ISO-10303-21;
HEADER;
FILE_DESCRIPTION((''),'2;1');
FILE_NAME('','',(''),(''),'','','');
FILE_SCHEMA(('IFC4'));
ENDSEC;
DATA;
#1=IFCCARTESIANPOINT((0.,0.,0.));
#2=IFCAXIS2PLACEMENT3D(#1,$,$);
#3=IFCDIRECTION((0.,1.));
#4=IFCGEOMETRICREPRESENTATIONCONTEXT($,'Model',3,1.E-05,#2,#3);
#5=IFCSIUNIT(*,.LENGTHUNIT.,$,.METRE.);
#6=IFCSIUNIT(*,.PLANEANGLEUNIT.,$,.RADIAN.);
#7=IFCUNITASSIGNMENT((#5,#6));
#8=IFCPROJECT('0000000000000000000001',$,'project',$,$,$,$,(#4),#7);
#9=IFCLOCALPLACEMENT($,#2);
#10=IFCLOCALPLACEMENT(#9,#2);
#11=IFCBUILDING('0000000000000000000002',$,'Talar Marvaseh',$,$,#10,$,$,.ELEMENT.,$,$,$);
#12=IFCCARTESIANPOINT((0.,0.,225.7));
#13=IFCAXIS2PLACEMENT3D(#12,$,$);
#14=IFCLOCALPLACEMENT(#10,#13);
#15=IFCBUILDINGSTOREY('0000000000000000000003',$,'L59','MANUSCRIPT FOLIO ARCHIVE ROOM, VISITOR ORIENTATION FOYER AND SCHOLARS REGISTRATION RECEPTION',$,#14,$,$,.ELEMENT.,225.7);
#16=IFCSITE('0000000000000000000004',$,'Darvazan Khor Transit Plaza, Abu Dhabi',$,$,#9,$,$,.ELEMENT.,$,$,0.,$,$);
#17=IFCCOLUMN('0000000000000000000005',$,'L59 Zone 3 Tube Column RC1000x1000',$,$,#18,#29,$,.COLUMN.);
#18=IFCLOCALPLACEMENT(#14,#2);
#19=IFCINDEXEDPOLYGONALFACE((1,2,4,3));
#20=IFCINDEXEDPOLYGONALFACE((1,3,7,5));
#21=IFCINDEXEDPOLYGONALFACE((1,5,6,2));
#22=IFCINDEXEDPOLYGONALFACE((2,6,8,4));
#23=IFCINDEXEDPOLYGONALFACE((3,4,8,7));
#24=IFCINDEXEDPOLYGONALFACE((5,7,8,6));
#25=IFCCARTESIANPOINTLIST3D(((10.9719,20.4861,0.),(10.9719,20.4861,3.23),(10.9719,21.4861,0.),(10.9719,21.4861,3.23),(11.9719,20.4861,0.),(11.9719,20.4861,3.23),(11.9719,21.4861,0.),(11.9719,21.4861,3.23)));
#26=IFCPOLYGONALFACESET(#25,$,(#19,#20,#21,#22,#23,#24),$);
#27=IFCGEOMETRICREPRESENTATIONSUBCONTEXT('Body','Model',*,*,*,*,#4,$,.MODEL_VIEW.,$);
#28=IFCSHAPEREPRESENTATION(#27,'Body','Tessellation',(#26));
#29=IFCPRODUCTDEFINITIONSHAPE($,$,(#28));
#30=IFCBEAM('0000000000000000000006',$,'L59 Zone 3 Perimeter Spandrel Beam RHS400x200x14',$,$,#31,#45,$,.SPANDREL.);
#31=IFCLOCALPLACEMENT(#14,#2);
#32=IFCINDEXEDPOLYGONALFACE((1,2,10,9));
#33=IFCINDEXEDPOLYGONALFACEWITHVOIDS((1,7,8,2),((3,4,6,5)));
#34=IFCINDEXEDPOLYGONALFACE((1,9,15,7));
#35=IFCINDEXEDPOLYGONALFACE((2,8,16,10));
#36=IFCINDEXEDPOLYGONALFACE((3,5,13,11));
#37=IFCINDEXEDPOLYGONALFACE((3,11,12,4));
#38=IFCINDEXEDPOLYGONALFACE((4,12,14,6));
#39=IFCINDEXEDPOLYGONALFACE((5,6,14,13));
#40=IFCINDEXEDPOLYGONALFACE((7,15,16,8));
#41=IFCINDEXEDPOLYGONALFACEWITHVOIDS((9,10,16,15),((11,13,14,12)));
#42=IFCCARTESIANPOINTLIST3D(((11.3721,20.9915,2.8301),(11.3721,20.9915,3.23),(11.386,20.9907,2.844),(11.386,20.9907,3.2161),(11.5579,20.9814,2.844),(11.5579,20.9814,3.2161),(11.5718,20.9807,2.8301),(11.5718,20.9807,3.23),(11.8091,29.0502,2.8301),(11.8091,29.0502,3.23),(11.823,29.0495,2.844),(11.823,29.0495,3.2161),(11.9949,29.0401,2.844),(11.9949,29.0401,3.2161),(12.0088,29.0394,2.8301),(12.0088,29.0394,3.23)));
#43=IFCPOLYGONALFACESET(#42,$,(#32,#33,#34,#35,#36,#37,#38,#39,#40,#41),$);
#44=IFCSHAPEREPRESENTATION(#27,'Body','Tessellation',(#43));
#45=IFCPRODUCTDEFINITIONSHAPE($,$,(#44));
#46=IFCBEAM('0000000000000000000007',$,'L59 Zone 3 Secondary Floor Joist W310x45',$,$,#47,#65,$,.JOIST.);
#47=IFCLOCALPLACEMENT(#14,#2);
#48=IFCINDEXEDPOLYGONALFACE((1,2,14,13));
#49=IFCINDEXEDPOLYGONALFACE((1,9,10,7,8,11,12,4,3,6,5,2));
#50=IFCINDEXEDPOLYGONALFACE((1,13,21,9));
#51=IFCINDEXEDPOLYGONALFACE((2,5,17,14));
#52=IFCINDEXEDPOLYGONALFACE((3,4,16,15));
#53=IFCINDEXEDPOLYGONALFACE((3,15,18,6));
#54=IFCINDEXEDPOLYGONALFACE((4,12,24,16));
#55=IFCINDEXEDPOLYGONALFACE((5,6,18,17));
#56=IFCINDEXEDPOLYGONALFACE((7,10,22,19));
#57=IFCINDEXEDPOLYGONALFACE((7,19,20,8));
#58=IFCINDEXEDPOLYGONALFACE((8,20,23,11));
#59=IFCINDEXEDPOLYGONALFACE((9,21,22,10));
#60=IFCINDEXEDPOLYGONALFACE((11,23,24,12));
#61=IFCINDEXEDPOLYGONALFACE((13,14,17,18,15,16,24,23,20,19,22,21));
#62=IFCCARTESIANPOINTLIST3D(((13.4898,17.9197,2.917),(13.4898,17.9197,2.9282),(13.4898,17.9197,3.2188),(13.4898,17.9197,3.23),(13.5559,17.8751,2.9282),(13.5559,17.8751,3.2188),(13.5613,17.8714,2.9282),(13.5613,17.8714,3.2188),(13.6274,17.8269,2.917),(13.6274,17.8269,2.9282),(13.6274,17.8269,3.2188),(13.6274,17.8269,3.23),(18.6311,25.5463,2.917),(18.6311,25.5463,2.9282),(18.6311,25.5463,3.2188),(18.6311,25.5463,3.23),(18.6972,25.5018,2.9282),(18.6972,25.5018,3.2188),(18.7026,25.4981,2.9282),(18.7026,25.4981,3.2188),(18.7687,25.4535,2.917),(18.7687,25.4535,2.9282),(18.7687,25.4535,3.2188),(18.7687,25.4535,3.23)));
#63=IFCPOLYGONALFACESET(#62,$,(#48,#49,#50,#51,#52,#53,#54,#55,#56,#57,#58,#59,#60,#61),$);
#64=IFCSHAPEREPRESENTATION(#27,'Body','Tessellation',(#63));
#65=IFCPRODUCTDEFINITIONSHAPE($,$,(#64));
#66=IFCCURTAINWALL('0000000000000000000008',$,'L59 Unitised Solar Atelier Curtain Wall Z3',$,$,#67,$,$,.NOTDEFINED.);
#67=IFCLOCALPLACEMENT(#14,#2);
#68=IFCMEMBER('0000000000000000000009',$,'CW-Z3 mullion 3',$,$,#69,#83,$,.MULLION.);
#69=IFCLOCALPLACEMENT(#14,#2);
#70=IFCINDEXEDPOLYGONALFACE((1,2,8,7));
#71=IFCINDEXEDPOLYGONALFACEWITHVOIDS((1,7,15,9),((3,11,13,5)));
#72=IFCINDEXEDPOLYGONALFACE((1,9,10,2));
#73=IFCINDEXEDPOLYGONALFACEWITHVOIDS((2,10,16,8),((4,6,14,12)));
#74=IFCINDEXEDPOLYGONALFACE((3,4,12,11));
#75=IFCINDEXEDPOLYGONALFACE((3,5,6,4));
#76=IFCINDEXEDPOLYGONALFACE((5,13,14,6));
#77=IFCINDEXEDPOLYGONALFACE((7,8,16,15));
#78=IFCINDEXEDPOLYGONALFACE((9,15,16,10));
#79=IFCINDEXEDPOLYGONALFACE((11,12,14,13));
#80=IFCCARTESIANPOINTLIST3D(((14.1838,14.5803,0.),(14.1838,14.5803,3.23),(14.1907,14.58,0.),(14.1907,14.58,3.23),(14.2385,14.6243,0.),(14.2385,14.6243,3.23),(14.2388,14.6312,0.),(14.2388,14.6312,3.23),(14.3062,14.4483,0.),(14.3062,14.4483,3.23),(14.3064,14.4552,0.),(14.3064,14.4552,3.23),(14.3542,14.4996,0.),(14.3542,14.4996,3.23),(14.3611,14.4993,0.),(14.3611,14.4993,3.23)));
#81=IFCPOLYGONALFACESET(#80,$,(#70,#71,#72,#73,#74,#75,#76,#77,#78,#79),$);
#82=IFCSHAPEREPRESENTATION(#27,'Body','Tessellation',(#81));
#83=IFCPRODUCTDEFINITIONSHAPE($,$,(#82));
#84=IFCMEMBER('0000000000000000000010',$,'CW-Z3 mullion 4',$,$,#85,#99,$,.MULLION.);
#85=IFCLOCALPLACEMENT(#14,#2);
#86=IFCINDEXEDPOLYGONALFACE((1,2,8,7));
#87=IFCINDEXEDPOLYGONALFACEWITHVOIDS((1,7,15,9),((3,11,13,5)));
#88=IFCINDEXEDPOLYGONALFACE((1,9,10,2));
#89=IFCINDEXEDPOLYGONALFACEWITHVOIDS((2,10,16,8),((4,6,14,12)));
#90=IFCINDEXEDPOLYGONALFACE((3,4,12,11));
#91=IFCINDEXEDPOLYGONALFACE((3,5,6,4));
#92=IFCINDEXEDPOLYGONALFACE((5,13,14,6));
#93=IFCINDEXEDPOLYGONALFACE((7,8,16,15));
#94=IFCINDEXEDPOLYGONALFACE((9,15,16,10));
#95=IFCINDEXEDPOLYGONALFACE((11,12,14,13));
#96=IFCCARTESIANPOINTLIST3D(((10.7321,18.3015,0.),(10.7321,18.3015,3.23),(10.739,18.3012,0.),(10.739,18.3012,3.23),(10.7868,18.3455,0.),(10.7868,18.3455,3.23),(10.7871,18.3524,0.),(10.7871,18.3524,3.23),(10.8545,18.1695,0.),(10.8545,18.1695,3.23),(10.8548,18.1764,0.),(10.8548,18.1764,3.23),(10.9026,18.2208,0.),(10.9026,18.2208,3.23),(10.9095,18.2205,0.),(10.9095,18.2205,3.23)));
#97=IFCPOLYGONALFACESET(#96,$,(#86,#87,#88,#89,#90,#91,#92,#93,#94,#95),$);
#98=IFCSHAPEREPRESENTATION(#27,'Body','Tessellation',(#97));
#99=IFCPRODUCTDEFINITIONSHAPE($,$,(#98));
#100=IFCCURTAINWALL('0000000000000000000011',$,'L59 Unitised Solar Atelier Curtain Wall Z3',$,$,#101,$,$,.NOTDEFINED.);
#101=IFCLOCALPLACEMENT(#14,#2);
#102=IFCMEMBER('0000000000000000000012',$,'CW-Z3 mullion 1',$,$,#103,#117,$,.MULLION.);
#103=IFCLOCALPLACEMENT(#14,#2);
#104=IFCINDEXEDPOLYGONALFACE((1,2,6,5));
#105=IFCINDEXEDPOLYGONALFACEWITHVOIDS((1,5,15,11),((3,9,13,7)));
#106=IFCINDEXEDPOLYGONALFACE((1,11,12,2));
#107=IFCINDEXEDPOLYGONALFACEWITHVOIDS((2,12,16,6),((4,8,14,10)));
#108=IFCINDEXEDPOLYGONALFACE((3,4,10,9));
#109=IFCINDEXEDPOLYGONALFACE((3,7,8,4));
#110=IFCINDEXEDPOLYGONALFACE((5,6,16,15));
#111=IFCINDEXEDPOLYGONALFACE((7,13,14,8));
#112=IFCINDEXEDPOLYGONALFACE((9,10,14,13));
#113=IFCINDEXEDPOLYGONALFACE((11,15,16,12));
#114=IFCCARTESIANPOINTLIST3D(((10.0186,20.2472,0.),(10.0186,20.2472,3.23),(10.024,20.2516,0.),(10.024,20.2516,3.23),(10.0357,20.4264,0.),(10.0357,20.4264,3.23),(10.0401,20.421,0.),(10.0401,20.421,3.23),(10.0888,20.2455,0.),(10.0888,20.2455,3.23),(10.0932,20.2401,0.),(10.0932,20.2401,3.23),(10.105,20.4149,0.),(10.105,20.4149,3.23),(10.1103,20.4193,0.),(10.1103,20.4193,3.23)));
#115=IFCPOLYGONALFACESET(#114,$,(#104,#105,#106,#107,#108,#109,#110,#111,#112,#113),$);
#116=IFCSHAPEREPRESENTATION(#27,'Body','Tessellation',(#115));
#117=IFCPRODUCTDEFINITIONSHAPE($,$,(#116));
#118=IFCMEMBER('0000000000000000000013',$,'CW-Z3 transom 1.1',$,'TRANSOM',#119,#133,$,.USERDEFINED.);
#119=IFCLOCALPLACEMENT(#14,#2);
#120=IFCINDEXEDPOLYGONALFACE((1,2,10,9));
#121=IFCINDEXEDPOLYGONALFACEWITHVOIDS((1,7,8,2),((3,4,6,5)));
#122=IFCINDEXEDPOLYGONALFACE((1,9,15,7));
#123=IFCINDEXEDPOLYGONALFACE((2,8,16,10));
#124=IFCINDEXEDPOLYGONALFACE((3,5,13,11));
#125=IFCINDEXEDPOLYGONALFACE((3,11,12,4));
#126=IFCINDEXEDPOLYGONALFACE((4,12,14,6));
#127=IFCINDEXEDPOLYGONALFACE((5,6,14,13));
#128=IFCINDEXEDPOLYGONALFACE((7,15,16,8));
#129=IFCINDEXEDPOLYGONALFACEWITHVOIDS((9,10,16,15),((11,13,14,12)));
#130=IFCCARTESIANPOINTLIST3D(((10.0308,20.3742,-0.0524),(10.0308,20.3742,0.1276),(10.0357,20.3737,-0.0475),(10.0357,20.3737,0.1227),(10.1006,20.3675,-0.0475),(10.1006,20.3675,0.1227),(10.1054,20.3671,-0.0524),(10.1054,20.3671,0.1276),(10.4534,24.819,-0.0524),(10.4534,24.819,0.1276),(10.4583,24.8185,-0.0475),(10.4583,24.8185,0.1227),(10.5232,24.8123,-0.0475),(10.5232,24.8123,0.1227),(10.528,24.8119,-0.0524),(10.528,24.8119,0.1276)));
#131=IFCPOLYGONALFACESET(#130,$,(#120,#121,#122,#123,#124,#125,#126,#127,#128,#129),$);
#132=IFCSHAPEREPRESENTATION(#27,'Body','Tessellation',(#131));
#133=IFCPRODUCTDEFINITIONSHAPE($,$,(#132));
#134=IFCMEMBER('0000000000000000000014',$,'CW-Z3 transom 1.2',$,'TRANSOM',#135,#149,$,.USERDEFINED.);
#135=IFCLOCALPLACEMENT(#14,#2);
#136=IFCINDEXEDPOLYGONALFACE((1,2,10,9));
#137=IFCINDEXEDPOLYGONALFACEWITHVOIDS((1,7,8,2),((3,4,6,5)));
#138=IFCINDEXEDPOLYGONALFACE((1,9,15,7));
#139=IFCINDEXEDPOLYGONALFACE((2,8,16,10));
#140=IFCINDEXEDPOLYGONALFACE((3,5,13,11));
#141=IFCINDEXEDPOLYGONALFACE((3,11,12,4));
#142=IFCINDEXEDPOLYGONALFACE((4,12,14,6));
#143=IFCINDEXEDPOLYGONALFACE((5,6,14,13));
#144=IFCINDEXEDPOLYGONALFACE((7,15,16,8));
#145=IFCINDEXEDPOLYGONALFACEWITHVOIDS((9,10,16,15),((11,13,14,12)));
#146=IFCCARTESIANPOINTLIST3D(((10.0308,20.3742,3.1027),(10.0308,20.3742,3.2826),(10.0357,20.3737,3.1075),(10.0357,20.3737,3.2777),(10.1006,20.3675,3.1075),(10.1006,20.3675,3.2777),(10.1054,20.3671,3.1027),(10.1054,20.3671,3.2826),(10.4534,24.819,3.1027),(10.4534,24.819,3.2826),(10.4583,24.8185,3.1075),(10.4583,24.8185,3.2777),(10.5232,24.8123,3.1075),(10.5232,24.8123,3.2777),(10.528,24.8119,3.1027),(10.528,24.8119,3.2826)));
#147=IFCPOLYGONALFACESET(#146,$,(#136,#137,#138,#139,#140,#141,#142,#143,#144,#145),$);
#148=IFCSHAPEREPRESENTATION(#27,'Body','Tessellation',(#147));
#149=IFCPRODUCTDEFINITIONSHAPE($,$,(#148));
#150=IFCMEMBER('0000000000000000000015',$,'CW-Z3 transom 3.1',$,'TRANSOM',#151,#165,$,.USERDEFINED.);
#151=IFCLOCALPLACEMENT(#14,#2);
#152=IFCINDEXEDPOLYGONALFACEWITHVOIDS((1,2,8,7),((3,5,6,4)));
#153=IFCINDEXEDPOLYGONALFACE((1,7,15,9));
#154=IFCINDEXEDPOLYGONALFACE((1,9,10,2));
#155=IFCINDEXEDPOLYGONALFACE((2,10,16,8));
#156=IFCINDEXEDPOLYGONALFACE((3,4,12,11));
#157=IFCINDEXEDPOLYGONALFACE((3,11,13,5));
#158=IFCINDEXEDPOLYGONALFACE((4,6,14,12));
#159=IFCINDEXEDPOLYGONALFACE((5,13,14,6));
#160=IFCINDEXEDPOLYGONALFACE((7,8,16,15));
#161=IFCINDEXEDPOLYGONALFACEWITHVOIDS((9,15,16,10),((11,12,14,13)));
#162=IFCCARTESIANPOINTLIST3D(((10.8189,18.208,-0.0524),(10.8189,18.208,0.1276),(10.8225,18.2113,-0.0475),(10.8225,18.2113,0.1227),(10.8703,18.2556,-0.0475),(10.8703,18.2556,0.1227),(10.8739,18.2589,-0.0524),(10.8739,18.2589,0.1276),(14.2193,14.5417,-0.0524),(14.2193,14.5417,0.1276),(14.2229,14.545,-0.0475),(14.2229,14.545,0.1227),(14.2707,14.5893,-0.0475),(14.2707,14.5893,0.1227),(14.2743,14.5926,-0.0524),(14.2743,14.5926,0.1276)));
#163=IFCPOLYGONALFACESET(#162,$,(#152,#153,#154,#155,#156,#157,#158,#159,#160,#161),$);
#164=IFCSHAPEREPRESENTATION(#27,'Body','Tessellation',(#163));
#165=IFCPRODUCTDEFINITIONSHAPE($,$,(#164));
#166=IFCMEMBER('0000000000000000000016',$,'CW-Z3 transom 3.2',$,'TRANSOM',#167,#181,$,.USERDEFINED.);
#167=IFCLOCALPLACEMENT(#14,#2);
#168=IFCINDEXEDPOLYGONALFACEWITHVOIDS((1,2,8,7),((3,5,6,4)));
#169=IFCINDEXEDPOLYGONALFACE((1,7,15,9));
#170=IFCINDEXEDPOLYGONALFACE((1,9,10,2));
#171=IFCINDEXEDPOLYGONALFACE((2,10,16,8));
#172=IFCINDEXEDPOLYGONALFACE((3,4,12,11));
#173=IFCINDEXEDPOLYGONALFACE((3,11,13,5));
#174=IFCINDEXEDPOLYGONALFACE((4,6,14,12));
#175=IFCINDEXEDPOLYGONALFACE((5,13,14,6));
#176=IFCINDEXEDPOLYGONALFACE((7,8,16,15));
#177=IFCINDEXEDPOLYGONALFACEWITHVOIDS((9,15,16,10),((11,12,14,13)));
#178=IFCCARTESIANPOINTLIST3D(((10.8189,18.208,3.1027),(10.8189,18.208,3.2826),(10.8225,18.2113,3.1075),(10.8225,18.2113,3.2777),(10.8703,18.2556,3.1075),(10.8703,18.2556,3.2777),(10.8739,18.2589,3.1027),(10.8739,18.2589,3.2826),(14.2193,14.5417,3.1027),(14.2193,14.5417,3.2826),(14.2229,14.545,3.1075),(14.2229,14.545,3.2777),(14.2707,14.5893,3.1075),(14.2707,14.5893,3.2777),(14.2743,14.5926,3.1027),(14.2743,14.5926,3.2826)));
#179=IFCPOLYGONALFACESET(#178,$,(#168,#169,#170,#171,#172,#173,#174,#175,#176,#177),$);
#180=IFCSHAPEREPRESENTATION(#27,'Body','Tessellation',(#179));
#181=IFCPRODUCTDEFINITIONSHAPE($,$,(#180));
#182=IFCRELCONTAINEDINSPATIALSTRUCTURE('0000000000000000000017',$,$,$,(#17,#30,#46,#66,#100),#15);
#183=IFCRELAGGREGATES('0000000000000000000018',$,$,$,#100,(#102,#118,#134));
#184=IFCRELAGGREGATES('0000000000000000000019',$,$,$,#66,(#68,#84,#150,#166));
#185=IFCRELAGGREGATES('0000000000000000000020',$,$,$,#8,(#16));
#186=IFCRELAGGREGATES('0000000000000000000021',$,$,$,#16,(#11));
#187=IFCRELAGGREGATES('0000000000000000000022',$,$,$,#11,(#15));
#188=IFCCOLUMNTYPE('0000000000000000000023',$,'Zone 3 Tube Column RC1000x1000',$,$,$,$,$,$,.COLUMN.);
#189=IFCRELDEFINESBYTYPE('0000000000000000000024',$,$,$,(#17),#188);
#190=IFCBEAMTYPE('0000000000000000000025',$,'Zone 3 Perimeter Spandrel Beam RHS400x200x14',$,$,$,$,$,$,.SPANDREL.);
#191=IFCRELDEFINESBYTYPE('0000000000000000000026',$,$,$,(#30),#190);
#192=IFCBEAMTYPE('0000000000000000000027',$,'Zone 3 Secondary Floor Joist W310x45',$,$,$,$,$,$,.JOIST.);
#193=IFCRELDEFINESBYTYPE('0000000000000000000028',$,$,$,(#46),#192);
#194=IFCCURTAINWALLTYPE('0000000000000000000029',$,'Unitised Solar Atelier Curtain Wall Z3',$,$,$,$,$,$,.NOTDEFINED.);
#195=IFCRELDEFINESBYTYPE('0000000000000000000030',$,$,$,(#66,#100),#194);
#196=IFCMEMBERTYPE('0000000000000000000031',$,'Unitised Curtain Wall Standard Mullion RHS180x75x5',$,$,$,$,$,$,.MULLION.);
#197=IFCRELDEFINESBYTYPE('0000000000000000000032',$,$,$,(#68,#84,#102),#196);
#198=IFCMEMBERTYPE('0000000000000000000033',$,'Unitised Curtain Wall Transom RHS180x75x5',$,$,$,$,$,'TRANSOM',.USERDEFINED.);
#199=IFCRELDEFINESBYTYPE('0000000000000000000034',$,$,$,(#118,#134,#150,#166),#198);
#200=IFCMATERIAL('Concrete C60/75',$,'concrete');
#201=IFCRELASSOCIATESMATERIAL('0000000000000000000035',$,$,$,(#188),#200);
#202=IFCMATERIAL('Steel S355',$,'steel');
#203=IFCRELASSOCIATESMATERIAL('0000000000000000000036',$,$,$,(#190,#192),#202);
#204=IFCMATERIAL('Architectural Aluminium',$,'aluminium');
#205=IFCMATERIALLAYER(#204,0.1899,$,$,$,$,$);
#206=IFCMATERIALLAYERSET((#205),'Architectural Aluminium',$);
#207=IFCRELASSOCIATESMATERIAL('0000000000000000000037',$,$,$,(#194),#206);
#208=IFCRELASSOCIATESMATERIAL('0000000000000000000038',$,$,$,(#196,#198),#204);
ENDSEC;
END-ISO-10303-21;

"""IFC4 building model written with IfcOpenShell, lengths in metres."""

from ifc_helpers import new_model, si_unit, direction, frame, origin, origin_2d, place, context, subcontext, project, spatial, rectangle, hollow_rectangle, i_section, extrude, source, transform, mapped, material, layer, layer_set, material_profile, profile_set, type_object, type_shapes, element, aggregate, save


model = new_model("IFC4")

# Units and contexts
model_context = context("Model", 3, precision=1e-05, world=origin(), true_north=direction((0.0, 1.0)))
body_context = subcontext(model_context, "Body", "Model", "MODEL_VIEW")
ifc_project = project(units=[si_unit("LENGTHUNIT", "METRE"), si_unit("PLANEANGLEUNIT", "RADIAN")], contexts=[model_context])

# Site, building, storey
site_placement = place(None, origin())
site = spatial("IfcSite", under=ifc_project, at=site_placement, Name="Darvazan Khor Transit Plaza, Abu Dhabi", CompositionType="ELEMENT", RefElevation=0.0)
building_placement = place(site_placement, origin())
building = spatial("IfcBuilding", under=site, at=building_placement, Name="Talar Marvaseh", CompositionType="ELEMENT")
storey_placement = place(building_placement, frame((0.0, 0.0, 225.7)))
storey = spatial("IfcBuildingStorey", under=building, at=storey_placement, Name="L59", Description="MANUSCRIPT FOLIO ARCHIVE ROOM, VISITOR ORIENTATION FOYER AND SCHOLARS REGISTRATION RECEPTION", CompositionType="ELEMENT", Elevation=225.7)

# Column
ifc_material_1 = material(Name="Concrete C60/75", Category="concrete")
ifc_material_profile_1 = material_profile(ifc_material_1, rectangle(XDim=1.0, YDim=1.0, at=origin_2d()), Name="RC1000x1000")
ifc_profile_set_1 = profile_set([ifc_material_profile_1], Name="Concrete C60/75")
column_type = type_object("IfcColumnType", Name="Zone 3 Tube Column RC1000x1000", PredefinedType="COLUMN", material=ifc_profile_set_1)
column_placement = place(storey_placement, frame((11.4719, 20.9861, 0.0), z_axis=(0.0, 0.0, 1.0), x_axis=(1.0, 0.0, 0.0)))
element("IfcColumn", 1, at=column_placement, inside=storey, type_object=column_type, Name="L59 Zone 3 Tube Column RC1000x1000", PredefinedType="COLUMN", context=body_context, shape_type="SweptSolid", body=[
    extrude(rectangle(XDim=1.0, YDim=1.0, at=origin_2d()), origin(), (0.0, 0.0, 1.0), 3.23),
])

# Beams
ifc_material_2 = material(Name="Steel S355", Category="steel")
ifc_material_profile_2 = material_profile(ifc_material_2, hollow_rectangle(XDim=0.2, YDim=0.3999, WallThickness=0.0139, at=origin_2d()), Name="RHS400x200x14")
ifc_profile_set_2 = profile_set([ifc_material_profile_2], Name="Steel S355")
beam_type_1 = type_object("IfcBeamType", Name="Zone 3 Perimeter Spandrel Beam RHS400x200x14", PredefinedType="SPANDREL", material=ifc_profile_set_2)
beam_1_placement = place(storey_placement, frame((11.4719, 20.9861, 3.03), z_axis=(0.054148, 0.998533, 0.0), x_axis=(-0.998533, 0.054148, 0.0)))
element("IfcBeam", 2, at=beam_1_placement, inside=storey, type_object=beam_type_1, Name="L59 Zone 3 Perimeter Spandrel Beam RHS400x200x14", PredefinedType="SPANDREL", context=body_context, shape_type="SweptSolid", body=[
    extrude(hollow_rectangle(XDim=0.2, YDim=0.3999, WallThickness=0.0139, at=origin_2d()), origin(), (0.0, 0.0, 1.0), 8.0706),
])
ifc_material_profile_3 = material_profile(ifc_material_2, i_section(OverallWidth=0.166, OverallDepth=0.313, WebThickness=0.0066, FlangeThickness=0.0112, at=origin_2d()), Name="W310x45")
ifc_profile_set_3 = profile_set([ifc_material_profile_3], Name="Steel S355")
beam_type_2 = type_object("IfcBeamType", Name="Zone 3 Secondary Floor Joist W310x45", PredefinedType="JOIST", material=ifc_profile_set_3)
beam_2_placement = place(storey_placement, frame((13.5586, 17.8733, 3.0735), z_axis=(0.558974, 0.829185, 0.0), x_axis=(-0.829185, 0.558974, 0.0)))
element("IfcBeam", 3, at=beam_2_placement, inside=storey, type_object=beam_type_2, Name="L59 Zone 3 Secondary Floor Joist W310x45", PredefinedType="JOIST", context=body_context, shape_type="SweptSolid", body=[
    extrude(i_section(OverallWidth=0.166, OverallDepth=0.313, WebThickness=0.0066, FlangeThickness=0.0112, at=origin_2d()), origin(), (0.0, 0.0, 1.0), 9.1978),
])

# Curtain walls, members
ifc_material_3 = material(Name="Architectural Aluminium", Category="aluminium")
ifc_layer_1 = layer(ifc_material_3, 0.1899)
ifc_layer_set_1 = layer_set([ifc_layer_1], Name="Architectural Aluminium")
curtain_wall_type = type_object("IfcCurtainWallType", Name="Unitised Solar Atelier Curtain Wall Z3", PredefinedType="NOTDEFINED", material=ifc_layer_set_1)
curtain_wall_1_placement = place(storey_placement, origin())
curtain_wall_1 = element("IfcCurtainWall", 4, at=curtain_wall_1_placement, inside=storey, type_object=curtain_wall_type, Name="L59 Unitised Solar Atelier Curtain Wall Z3", PredefinedType="NOTDEFINED")
ifc_material_profile_4 = material_profile(ifc_material_3, hollow_rectangle(XDim=0.075, YDim=0.1799, WallThickness=0.0049, at=origin_2d()), Name="RHS180x75x5")
ifc_profile_set_4 = profile_set([ifc_material_profile_4], Name="Architectural Aluminium")
member_type_1 = type_object("IfcMemberType", Name="Unitised Curtain Wall Standard Mullion RHS180x75x5", PredefinedType="MULLION", material=ifc_profile_set_4)
shared_shape_1 = source(origin(), body_context, "Body", "SweptSolid", [
    extrude(hollow_rectangle(XDim=0.075, YDim=0.1799, WallThickness=0.0049, at=origin_2d()), origin(), (0.0, 0.0, 1.0), 3.23),
])
type_shapes(member_type_1, [shared_shape_1])
member_1_placement = place(storey_placement, frame((14.2725, 14.5398, 0.0), z_axis=(0.0, 0.0, 1.0), x_axis=(-0.733183, -0.680031, 0.0)))
member_1 = element("IfcMember", 5, at=member_1_placement, type_object=member_type_1, Name="CW-Z3 mullion 3", PredefinedType="MULLION", context=body_context, shape_type="MappedRepresentation", body=[
    mapped(shared_shape_1, transform((0.0, 0.0, 0.0), x_axis=(1.0, 0.0, 0.0), y_axis=(0.0, 1.0, 0.0), z_axis=(0.0, 0.0, 1.0), scale=1.0)),
])
member_2_placement = place(storey_placement, frame((10.8208, 18.261, 0.0), z_axis=(0.0, 0.0, 1.0), x_axis=(-0.733183, -0.680031, 0.0)))
member_2 = element("IfcMember", 6, at=member_2_placement, type_object=member_type_1, Name="CW-Z3 mullion 4", PredefinedType="MULLION", context=body_context, shape_type="MappedRepresentation", body=[
    mapped(shared_shape_1, transform((0.0, 0.0, 0.0), x_axis=(1.0, 0.0, 0.0), y_axis=(0.0, 1.0, 0.0), z_axis=(0.0, 0.0, 1.0), scale=1.0)),
])
curtain_wall_2_placement = place(storey_placement, origin())
curtain_wall_2 = element("IfcCurtainWall", 7, at=curtain_wall_2_placement, inside=storey, type_object=curtain_wall_type, Name="L59 Unitised Solar Atelier Curtain Wall Z3", PredefinedType="NOTDEFINED")
member_3_placement = place(storey_placement, frame((10.0645, 20.3333, 0.0), z_axis=(0.0, 0.0, 1.0), x_axis=(-0.995509, 0.094671, 0.0)))
member_3 = element("IfcMember", 8, at=member_3_placement, type_object=member_type_1, Name="CW-Z3 mullion 1", PredefinedType="MULLION", context=body_context, shape_type="MappedRepresentation", body=[
    mapped(shared_shape_1, transform((0.0, 0.0, 0.0), x_axis=(1.0, 0.0, 0.0), y_axis=(0.0, 1.0, 0.0), z_axis=(0.0, 0.0, 1.0), scale=1.0)),
])
ifc_material_profile_5 = material_profile(ifc_material_3, hollow_rectangle(XDim=0.075, YDim=0.1799, WallThickness=0.0049, at=origin_2d()), Name="RHS180x75x5")
ifc_profile_set_5 = profile_set([ifc_material_profile_5], Name="Architectural Aluminium")
member_type_2 = type_object("IfcMemberType", Name="Unitised Curtain Wall Transom RHS180x75x5", ElementType="TRANSOM", PredefinedType="USERDEFINED", material=ifc_profile_set_5)
shared_shape_2 = source(origin(), body_context, "Body", "SweptSolid", [
    extrude(hollow_rectangle(XDim=0.075, YDim=0.1799, WallThickness=0.0049, at=origin_2d()), origin(), (0.0, 0.0, 1.0), 4.4648),
])
member_4_placement = place(storey_placement, frame((10.0681, 20.3706, 0.0376), z_axis=(0.094652, 0.99551, 0.0), x_axis=(-0.99551, 0.094652, 0.0)))
member_4 = element("IfcMember", 9, at=member_4_placement, type_object=member_type_2, Name="CW-Z3 transom 1.1", ObjectType="TRANSOM", PredefinedType="USERDEFINED", context=body_context, shape_type="MappedRepresentation", body=[
    mapped(shared_shape_2, transform((0.0, 0.0, 0.0), x_axis=(1.0, 0.0, 0.0), y_axis=(0.0, 1.0, 0.0), z_axis=(0.0, 0.0, 1.0), scale=1.0)),
])
member_5_placement = place(storey_placement, frame((10.0681, 20.3706, 3.1926), z_axis=(0.094652, 0.99551, 0.0), x_axis=(-0.99551, 0.094652, 0.0)))
member_5 = element("IfcMember", 10, at=member_5_placement, type_object=member_type_2, Name="CW-Z3 transom 1.2", ObjectType="TRANSOM", PredefinedType="USERDEFINED", context=body_context, shape_type="MappedRepresentation", body=[
    mapped(shared_shape_2, transform((0.0, 0.0, 0.0), x_axis=(1.0, 0.0, 0.0), y_axis=(0.0, 1.0, 0.0), z_axis=(0.0, 0.0, 1.0), scale=1.0)),
])
aggregate(curtain_wall_2, [member_3, member_4, member_5])

# Members
shared_shape_3 = source(origin(), body_context, "Body", "SweptSolid", [
    extrude(hollow_rectangle(XDim=0.075, YDim=0.1799, WallThickness=0.0049, at=origin_2d()), origin(), (0.0, 0.0, 1.0), 5.0005),
])
type_shapes(member_type_2, [shared_shape_2, shared_shape_3])
member_6_placement = place(storey_placement, frame((14.2468, 14.5671, 0.0376), z_axis=(-0.680022, 0.733192, 0.0), x_axis=(-0.733192, -0.680022, 0.0)))
member_6 = element("IfcMember", 11, at=member_6_placement, type_object=member_type_2, Name="CW-Z3 transom 3.1", ObjectType="TRANSOM", PredefinedType="USERDEFINED", context=body_context, shape_type="MappedRepresentation", body=[
    mapped(shared_shape_3, transform((0.0, 0.0, 0.0), x_axis=(1.0, 0.0, 0.0), y_axis=(0.0, 1.0, 0.0), z_axis=(0.0, 0.0, 1.0), scale=1.0)),
])
member_7_placement = place(storey_placement, frame((14.2468, 14.5671, 3.1926), z_axis=(-0.680022, 0.733192, 0.0), x_axis=(-0.733192, -0.680022, 0.0)))
member_7 = element("IfcMember", 12, at=member_7_placement, type_object=member_type_2, Name="CW-Z3 transom 3.2", ObjectType="TRANSOM", PredefinedType="USERDEFINED", context=body_context, shape_type="MappedRepresentation", body=[
    mapped(shared_shape_3, transform((0.0, 0.0, 0.0), x_axis=(1.0, 0.0, 0.0), y_axis=(0.0, 1.0, 0.0), z_axis=(0.0, 0.0, 1.0), scale=1.0)),
])

aggregate(curtain_wall_1, [member_1, member_2, member_6, member_7])

save(model, "model.ifc")
